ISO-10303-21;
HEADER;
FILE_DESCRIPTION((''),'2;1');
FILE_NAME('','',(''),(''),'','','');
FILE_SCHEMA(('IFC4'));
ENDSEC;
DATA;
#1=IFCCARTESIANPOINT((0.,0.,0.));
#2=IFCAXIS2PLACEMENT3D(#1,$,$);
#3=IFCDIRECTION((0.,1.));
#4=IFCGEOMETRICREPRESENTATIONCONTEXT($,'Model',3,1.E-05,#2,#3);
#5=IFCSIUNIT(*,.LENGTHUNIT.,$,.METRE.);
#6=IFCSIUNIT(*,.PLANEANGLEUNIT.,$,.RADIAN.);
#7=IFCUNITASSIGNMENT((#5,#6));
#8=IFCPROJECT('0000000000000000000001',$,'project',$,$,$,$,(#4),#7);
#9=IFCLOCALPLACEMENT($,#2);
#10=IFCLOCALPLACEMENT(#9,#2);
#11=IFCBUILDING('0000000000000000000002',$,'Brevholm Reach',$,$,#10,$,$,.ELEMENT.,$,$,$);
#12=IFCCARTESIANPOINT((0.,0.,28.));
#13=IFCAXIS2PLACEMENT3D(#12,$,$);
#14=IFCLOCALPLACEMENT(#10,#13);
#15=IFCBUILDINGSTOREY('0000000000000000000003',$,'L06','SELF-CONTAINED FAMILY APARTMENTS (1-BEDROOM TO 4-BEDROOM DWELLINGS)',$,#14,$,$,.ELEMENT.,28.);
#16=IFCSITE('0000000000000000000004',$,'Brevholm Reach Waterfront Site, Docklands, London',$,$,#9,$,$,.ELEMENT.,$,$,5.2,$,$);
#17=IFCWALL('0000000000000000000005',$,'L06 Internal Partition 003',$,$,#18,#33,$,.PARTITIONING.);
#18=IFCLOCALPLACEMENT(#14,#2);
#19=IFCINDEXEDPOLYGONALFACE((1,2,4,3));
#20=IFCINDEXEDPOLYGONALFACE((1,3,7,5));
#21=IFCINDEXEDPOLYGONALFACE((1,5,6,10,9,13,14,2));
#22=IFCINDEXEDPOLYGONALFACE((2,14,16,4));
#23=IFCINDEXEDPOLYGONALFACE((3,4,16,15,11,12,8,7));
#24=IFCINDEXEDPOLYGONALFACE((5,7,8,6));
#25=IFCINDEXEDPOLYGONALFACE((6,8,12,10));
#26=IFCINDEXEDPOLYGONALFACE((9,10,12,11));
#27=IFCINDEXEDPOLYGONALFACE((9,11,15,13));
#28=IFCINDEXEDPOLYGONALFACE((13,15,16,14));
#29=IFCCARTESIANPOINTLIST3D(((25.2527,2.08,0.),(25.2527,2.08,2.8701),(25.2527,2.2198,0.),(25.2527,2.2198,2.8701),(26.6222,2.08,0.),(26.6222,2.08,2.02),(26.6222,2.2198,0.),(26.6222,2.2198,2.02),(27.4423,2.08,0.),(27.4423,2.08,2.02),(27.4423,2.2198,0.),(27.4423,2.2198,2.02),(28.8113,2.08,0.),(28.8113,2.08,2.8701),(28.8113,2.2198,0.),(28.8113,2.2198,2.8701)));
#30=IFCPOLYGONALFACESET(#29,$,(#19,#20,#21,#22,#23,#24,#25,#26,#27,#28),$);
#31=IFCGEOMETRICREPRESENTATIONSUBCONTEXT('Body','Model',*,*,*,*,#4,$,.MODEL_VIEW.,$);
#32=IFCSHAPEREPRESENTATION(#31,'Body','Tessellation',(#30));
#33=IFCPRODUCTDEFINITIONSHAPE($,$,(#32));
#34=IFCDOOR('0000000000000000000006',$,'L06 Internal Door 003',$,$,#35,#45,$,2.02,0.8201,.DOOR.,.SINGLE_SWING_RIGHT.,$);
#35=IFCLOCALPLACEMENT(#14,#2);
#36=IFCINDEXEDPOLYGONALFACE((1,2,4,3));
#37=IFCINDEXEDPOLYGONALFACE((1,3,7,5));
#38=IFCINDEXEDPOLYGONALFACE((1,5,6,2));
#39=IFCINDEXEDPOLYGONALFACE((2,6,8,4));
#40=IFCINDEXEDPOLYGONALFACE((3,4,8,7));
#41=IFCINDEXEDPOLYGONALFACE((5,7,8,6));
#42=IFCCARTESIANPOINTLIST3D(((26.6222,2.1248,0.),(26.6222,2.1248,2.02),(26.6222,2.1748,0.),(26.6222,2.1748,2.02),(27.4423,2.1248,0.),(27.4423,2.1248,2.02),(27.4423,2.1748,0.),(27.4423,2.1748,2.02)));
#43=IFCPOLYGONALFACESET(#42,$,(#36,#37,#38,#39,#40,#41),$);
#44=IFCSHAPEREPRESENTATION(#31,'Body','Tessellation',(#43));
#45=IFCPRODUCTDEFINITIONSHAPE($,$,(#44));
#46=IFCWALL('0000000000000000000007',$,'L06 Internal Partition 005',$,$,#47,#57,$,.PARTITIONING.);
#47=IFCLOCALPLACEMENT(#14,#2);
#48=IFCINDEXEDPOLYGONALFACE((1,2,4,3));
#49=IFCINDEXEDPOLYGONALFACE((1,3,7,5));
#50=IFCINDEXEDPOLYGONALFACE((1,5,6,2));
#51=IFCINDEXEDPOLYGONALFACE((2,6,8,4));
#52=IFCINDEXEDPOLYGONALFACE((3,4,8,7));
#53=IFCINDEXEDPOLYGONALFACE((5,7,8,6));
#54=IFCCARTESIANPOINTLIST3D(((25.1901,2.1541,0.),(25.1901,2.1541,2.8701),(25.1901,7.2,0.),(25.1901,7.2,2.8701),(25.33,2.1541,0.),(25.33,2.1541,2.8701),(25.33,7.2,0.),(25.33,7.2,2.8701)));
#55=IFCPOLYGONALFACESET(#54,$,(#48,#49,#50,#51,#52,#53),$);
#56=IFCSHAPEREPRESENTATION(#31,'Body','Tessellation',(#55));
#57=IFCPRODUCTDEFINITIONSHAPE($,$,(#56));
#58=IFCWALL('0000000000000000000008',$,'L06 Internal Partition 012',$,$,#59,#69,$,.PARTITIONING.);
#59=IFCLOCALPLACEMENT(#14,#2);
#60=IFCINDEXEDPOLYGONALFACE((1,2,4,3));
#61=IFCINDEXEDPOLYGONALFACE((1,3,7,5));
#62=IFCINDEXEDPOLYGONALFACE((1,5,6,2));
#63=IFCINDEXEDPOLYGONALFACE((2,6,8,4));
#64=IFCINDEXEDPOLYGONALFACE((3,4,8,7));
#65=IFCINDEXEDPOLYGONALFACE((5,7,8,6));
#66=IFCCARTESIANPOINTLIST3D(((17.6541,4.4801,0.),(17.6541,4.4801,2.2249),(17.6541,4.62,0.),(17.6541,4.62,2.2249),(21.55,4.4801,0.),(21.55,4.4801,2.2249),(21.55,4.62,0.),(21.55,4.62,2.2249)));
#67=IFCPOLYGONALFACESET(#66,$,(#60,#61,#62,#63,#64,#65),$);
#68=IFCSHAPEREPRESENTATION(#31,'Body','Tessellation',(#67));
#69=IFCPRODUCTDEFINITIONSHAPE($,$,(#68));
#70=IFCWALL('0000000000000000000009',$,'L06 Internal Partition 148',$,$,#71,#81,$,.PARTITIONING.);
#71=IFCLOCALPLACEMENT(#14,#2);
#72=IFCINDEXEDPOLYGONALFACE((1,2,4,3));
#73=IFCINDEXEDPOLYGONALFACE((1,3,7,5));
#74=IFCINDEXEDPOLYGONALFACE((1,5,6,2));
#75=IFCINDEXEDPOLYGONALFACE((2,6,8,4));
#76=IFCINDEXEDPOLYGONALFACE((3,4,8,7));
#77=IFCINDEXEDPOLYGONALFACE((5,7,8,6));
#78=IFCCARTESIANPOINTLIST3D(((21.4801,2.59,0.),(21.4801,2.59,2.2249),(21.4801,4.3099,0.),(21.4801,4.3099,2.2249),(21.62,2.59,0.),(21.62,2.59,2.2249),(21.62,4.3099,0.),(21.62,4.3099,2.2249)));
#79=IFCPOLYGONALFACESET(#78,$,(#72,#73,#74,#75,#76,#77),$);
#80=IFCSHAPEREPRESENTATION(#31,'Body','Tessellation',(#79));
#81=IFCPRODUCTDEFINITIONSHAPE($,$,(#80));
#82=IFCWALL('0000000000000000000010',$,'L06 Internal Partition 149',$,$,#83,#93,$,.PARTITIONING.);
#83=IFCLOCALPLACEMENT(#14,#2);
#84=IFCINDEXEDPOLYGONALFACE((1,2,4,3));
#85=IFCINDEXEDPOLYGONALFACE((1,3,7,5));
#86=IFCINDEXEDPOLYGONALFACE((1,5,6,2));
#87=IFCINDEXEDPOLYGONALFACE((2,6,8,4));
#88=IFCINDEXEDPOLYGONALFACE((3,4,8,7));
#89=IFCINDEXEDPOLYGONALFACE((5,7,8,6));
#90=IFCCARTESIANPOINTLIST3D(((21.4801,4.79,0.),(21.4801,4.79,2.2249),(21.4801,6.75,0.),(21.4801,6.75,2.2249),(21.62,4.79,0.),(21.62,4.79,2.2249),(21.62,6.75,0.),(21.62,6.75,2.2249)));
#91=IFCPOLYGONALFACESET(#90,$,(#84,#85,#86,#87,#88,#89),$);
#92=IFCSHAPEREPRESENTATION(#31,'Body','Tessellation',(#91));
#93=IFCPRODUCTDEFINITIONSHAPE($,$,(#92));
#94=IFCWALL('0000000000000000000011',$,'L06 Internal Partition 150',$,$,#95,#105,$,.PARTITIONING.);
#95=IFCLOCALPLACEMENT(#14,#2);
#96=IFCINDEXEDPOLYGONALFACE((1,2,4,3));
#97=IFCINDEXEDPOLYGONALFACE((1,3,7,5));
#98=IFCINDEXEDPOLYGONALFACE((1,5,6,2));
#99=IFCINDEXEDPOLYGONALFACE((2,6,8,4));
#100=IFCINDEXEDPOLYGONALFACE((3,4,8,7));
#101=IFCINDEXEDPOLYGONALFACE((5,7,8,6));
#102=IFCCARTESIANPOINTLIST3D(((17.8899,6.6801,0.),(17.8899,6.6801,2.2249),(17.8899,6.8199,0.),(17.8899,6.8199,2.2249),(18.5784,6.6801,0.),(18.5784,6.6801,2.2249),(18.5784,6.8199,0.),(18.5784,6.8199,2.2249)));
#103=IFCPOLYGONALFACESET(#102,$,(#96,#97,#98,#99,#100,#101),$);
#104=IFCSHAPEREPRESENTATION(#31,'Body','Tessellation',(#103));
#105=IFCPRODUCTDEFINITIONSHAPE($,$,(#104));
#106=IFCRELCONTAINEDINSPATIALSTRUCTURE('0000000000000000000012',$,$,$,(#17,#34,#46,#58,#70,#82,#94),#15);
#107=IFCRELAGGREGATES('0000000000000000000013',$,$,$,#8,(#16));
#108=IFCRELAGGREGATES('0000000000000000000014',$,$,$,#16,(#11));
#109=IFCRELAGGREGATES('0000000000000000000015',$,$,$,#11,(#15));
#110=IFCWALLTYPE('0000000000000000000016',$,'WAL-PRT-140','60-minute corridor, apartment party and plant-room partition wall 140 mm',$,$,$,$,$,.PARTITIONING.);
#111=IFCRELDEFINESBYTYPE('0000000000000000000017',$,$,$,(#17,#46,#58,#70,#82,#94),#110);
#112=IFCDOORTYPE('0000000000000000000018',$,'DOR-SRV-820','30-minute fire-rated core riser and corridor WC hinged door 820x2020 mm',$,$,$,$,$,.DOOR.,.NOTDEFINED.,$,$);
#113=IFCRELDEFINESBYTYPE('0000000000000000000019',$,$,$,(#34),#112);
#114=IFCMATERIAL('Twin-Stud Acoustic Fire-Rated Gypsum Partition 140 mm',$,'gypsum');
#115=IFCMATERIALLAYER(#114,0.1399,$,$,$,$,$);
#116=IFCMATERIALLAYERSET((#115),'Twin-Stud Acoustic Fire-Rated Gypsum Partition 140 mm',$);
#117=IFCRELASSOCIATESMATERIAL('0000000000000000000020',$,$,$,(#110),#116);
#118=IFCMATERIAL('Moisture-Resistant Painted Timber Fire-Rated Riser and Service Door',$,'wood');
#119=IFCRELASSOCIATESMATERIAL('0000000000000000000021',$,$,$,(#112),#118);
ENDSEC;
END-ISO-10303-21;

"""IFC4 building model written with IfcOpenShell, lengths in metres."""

from ifc_helpers import new_model, si_unit, direction, frame, frame_2d, origin, place, context, subcontext, project, spatial, rectangle, extrude, material, layer, layer_set, type_object, element, fill, save


model = new_model("IFC4")

# Units and contexts
model_context = context("Model", 3, precision=1e-05, world=origin(), true_north=direction((0.0, 1.0)))
body_context = subcontext(model_context, "Body", "Model", "MODEL_VIEW")
ifc_project = project(units=[si_unit("LENGTHUNIT", "METRE"), si_unit("PLANEANGLEUNIT", "RADIAN")], contexts=[model_context])

# Site, building, storey
site_placement = place(None, origin())
site = spatial("IfcSite", under=ifc_project, at=site_placement, Name="Brevholm Reach Waterfront Site, Docklands, London", CompositionType="ELEMENT", RefElevation=5.2)
building_placement = place(site_placement, origin())
building = spatial("IfcBuilding", under=site, at=building_placement, Name="Brevholm Reach", CompositionType="ELEMENT")
storey_placement = place(building_placement, frame((0.0, 0.0, 28.0)))
storey = spatial("IfcBuildingStorey", under=building, at=storey_placement, Name="L06", Description="SELF-CONTAINED FAMILY APARTMENTS (1-BEDROOM TO 4-BEDROOM DWELLINGS)", CompositionType="ELEMENT", Elevation=28.0)

# Wall, opening, door
ifc_material_1 = material(Name="Twin-Stud Acoustic Fire-Rated Gypsum Partition 140 mm", Category="gypsum")
ifc_layer_1 = layer(ifc_material_1, 0.1399)
ifc_layer_set_1 = layer_set([ifc_layer_1], Name="Twin-Stud Acoustic Fire-Rated Gypsum Partition 140 mm")
wall_type_1 = type_object("IfcWallType", Name="WAL-PRT-140", Description="60-minute corridor, apartment party and plant-room partition wall 140 mm", PredefinedType="PARTITIONING", material=ifc_layer_set_1)
wall_1_placement = place(storey_placement, frame((25.2527, 2.1499, 0.0), z_axis=(0.0, 0.0, 1.0), x_axis=(1.0, 0.0, 0.0)))
wall_1 = element("IfcWall", 1, at=wall_1_placement, inside=storey, type_object=wall_type_1, Name="L06 Internal Partition 003", PredefinedType="PARTITIONING", context=body_context, shape_type="SweptSolid", body=[
    extrude(rectangle(XDim=3.5586, YDim=0.1399, at=frame_2d((1.7793, 0.0))), origin(), (0.0, 0.0, 1.0), 2.8701),
])
opening_1_placement = place(wall_1_placement, frame((1.3694, 0.0, 0.0)))
opening_1 = element("IfcOpeningElement", 2, at=opening_1_placement, cuts=wall_1, PredefinedType="OPENING", context=body_context, shape_type="SweptSolid", body=[
    extrude(rectangle(XDim=0.8201, YDim=2.02, at=frame_2d((0.4102, 1.01))), frame((0.0, 0.0798, 0.0), z_axis=(0.0, -1.0, 0.0), x_axis=(1.0, 0.0, 0.0)), (0.0, 0.0, 1.0), 0.1599),
])
ifc_material_2 = material(Name="Moisture-Resistant Painted Timber Fire-Rated Riser and Service Door", Category="wood")
door_type_1 = type_object("IfcDoorType", Name="DOR-SRV-820", Description="30-minute fire-rated core riser and corridor WC hinged door 820x2020 mm", OperationType="NOTDEFINED", PredefinedType="DOOR", material=ifc_material_2)
door_1_placement = place(opening_1_placement, origin())
door_1 = element("IfcDoor", 3, at=door_1_placement, inside=storey, type_object=door_type_1, Name="L06 Internal Door 003", OperationType="SINGLE_SWING_RIGHT", OverallHeight=2.02, OverallWidth=0.8201, PredefinedType="DOOR", context=body_context, shape_type="SweptSolid", body=[
    extrude(rectangle(XDim=0.8201, YDim=2.02, at=frame_2d((0.4102, 1.01))), frame((0.0, 0.0249, 0.0), z_axis=(0.0, -1.0, 0.0), x_axis=(1.0, 0.0, 0.0)), (0.0, 0.0, 1.0), 0.05),
])
fill(opening_1, door_1)

# Walls
wall_2_placement = place(storey_placement, frame((25.26, 2.1541, 0.0), z_axis=(0.0, 0.0, 1.0), x_axis=(0.0, 1.0, 0.0)))
element("IfcWall", 4, at=wall_2_placement, inside=storey, type_object=wall_type_1, Name="L06 Internal Partition 005", PredefinedType="PARTITIONING", context=body_context, shape_type="SweptSolid", body=[
    extrude(rectangle(XDim=5.0459, YDim=0.1399, at=frame_2d((2.5229, 0.0))), origin(), (0.0, 0.0, 1.0), 2.8701),
])
wall_3_placement = place(storey_placement, frame((17.6541, 4.55, 0.0), z_axis=(0.0, 0.0, 1.0), x_axis=(1.0, 0.0, 0.0)))
element("IfcWall", 5, at=wall_3_placement, inside=storey, type_object=wall_type_1, Name="L06 Internal Partition 012", PredefinedType="PARTITIONING", context=body_context, shape_type="SweptSolid", body=[
    extrude(rectangle(XDim=3.896, YDim=0.1399, at=frame_2d((1.948, 0.0))), origin(), (0.0, 0.0, 1.0), 2.2249),
])
wall_4_placement = place(storey_placement, frame((21.55, 2.5901, 0.0), z_axis=(0.0, 0.0, 1.0), x_axis=(0.0, 1.0, 0.0)))
element("IfcWall", 6, at=wall_4_placement, inside=storey, type_object=wall_type_1, Name="L06 Internal Partition 148", PredefinedType="PARTITIONING", context=body_context, shape_type="SweptSolid", body=[
    extrude(rectangle(XDim=1.72, YDim=0.1399, at=frame_2d((0.8599, 0.0))), origin(), (0.0, 0.0, 1.0), 2.2249),
])
wall_5_placement = place(storey_placement, frame((21.55, 4.79, 0.0), z_axis=(0.0, 0.0, 1.0), x_axis=(0.0, 1.0, 0.0)))
element("IfcWall", 7, at=wall_5_placement, inside=storey, type_object=wall_type_1, Name="L06 Internal Partition 149", PredefinedType="PARTITIONING", context=body_context, shape_type="SweptSolid", body=[
    extrude(rectangle(XDim=1.96, YDim=0.1399, at=frame_2d((0.98, 0.0))), origin(), (0.0, 0.0, 1.0), 2.2249),
])
wall_6_placement = place(storey_placement, frame((17.8899, 6.75, 0.0), z_axis=(0.0, 0.0, 1.0), x_axis=(1.0, 0.0, 0.0)))
element("IfcWall", 8, at=wall_6_placement, inside=storey, type_object=wall_type_1, Name="L06 Internal Partition 150", PredefinedType="PARTITIONING", context=body_context, shape_type="SweptSolid", body=[
    extrude(rectangle(XDim=0.6885, YDim=0.1399, at=frame_2d((0.3442, 0.0))), origin(), (0.0, 0.0, 1.0), 2.2249),
])

save(model, "model.ifc")
